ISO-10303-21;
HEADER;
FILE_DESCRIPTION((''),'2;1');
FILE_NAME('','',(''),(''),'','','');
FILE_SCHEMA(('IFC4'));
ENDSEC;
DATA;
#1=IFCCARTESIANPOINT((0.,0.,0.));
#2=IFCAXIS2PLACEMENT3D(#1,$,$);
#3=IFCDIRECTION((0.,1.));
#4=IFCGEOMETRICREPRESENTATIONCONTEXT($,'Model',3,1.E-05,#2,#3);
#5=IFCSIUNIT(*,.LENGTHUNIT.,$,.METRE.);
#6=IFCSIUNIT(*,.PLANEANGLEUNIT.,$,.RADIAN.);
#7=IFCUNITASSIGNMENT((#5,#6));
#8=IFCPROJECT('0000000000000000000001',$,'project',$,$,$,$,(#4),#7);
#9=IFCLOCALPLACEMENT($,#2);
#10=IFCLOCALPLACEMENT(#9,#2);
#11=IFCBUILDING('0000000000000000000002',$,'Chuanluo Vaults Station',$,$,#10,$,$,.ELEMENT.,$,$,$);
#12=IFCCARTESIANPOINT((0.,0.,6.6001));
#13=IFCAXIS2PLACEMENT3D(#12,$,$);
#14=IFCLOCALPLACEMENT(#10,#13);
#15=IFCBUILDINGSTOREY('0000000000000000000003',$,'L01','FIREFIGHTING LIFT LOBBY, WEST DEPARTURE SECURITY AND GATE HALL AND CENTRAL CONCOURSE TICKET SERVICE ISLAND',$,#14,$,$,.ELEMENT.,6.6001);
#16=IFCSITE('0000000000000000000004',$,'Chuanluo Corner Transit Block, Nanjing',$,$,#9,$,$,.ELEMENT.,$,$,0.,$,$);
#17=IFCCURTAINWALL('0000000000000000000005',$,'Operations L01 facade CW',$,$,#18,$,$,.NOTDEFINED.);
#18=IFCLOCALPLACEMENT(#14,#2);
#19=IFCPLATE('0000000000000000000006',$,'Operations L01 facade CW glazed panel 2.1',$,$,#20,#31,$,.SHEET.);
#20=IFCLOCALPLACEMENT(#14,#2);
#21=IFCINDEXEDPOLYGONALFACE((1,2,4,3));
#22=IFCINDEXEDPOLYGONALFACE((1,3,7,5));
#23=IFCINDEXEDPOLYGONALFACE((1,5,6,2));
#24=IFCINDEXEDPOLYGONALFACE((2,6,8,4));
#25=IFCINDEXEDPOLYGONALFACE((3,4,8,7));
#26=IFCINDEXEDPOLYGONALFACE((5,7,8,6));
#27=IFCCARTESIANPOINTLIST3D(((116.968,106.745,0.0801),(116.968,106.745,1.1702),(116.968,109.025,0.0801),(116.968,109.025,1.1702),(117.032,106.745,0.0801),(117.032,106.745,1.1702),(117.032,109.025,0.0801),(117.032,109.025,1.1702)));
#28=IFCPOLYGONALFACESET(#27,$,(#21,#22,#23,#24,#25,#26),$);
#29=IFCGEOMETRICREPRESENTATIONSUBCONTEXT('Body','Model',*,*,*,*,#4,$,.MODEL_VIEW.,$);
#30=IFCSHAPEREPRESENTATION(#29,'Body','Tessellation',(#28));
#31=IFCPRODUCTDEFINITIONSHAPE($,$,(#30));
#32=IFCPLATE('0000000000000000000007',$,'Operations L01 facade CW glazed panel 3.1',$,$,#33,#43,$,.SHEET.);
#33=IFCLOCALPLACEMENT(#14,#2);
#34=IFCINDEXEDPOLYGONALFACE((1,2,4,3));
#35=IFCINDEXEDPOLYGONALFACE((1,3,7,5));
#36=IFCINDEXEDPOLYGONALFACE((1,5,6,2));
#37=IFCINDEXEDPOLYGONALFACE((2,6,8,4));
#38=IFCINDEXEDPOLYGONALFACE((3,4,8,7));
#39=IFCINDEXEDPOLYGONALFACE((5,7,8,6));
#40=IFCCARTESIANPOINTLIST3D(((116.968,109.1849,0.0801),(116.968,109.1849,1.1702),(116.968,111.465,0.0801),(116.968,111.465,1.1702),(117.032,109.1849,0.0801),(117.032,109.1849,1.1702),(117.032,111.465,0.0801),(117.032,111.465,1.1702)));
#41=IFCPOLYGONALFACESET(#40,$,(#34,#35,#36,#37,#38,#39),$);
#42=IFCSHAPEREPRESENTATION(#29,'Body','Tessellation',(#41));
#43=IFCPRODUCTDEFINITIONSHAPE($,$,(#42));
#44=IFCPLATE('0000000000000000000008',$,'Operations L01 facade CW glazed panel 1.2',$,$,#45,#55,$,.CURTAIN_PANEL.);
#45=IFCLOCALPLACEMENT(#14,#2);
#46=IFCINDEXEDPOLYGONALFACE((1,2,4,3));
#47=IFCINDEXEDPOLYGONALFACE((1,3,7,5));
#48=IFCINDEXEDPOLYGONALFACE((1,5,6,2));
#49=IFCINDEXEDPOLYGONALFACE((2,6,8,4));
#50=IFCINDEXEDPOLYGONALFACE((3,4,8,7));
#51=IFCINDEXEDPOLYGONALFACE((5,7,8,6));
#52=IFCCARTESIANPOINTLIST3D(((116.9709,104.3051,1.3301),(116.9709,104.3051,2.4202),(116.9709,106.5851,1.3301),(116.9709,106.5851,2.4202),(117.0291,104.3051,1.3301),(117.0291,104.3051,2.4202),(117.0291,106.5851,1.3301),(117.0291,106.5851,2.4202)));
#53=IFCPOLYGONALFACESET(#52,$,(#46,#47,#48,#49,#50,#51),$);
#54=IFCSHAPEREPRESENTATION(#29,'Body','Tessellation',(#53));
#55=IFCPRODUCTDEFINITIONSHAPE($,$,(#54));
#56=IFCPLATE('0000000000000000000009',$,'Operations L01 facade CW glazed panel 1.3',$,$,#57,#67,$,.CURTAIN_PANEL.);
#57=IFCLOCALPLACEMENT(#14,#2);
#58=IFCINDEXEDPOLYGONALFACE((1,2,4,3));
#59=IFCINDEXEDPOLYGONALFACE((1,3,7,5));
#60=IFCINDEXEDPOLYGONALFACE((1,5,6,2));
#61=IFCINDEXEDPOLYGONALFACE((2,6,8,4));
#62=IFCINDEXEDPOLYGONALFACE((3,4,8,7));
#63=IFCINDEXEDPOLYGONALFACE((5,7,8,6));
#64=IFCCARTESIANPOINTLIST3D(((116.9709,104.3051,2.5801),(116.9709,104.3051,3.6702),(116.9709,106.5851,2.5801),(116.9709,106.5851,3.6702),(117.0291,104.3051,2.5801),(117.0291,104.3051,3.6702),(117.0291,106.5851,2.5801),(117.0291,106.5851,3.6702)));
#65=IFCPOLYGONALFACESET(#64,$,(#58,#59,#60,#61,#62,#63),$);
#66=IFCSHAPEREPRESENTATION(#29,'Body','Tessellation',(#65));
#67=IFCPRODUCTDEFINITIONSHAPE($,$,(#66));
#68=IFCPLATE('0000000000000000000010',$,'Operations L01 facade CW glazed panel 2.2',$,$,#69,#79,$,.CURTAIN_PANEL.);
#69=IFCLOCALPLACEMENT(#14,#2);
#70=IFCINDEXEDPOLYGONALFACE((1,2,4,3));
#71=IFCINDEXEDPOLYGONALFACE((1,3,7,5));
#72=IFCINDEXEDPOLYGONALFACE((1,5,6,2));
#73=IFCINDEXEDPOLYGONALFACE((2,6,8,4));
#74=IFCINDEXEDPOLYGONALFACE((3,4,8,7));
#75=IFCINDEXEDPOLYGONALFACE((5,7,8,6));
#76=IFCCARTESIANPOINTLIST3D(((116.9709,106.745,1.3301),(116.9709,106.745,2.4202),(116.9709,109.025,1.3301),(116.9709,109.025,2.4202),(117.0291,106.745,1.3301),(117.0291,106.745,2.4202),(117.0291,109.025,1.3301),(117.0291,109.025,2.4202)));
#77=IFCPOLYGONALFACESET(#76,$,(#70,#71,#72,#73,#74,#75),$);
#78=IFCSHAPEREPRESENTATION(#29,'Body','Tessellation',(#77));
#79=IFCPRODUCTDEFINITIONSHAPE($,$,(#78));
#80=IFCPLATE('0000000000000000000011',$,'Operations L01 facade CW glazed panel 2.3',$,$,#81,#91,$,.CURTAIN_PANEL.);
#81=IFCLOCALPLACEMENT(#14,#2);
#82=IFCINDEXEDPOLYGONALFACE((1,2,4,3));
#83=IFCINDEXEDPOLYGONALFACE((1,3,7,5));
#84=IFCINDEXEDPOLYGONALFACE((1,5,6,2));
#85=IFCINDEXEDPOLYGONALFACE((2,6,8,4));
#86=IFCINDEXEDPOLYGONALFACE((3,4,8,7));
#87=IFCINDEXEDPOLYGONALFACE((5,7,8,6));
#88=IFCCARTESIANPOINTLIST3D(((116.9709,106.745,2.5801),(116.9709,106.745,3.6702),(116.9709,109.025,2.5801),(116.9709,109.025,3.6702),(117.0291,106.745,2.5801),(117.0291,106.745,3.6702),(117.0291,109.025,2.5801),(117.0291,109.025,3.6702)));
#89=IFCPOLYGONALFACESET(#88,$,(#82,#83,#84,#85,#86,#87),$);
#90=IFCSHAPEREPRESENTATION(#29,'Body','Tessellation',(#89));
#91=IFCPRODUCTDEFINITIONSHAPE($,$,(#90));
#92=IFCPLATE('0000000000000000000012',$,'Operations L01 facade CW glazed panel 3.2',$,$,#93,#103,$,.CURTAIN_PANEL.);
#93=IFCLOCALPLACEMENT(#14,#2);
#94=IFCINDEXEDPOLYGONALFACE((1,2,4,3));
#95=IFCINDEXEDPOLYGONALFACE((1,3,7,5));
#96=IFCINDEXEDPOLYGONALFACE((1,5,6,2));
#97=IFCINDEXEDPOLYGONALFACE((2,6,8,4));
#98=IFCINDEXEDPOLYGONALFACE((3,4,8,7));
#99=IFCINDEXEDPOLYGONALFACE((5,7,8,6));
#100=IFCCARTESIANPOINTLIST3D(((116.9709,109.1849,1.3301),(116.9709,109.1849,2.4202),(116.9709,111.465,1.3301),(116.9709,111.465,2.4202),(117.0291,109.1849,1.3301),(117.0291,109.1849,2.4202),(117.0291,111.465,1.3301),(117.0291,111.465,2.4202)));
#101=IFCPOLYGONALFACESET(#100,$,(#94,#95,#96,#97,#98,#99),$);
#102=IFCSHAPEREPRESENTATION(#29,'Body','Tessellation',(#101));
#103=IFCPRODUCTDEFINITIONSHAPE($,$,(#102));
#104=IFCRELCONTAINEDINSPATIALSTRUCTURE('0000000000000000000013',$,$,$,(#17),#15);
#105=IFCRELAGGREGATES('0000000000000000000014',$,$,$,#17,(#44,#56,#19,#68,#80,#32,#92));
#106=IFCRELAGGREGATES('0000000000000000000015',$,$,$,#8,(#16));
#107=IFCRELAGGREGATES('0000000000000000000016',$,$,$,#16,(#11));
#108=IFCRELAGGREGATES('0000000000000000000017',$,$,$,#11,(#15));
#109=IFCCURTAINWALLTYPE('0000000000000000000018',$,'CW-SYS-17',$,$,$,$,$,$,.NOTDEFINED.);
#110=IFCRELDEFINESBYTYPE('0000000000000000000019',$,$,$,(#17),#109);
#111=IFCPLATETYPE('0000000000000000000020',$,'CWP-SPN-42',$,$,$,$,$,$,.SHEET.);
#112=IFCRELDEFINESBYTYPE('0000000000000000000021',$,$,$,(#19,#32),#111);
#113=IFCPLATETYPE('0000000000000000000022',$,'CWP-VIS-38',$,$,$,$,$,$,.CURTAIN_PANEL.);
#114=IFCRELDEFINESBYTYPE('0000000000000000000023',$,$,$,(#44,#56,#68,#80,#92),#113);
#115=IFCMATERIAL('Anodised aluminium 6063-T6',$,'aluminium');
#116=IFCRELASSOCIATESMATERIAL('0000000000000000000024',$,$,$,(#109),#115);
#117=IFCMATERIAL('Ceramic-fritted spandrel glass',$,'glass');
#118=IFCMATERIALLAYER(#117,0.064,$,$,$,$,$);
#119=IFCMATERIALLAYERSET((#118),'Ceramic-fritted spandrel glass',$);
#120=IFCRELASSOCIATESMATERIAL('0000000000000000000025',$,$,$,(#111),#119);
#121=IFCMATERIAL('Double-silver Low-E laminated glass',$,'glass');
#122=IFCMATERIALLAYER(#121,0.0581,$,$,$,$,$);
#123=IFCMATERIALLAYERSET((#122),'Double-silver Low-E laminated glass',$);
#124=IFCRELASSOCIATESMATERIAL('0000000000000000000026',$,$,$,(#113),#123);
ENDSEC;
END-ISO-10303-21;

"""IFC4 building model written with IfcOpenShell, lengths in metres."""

from ifc_helpers import new_model, si_unit, direction, frame, origin, origin_2d, place, context, subcontext, project, spatial, rectangle, extrude, material, layer, layer_set, type_object, element, aggregate, save


model = new_model("IFC4")

# Units and contexts
model_context = context("Model", 3, precision=1e-05, world=origin(), true_north=direction((0.0, 1.0)))
body_context = subcontext(model_context, "Body", "Model", "MODEL_VIEW")
ifc_project = project(units=[si_unit("LENGTHUNIT", "METRE"), si_unit("PLANEANGLEUNIT", "RADIAN")], contexts=[model_context])

# Site, building, storey
site_placement = place(None, origin())
site = spatial("IfcSite", under=ifc_project, at=site_placement, Name="Chuanluo Corner Transit Block, Nanjing", CompositionType="ELEMENT", RefElevation=0.0)
building_placement = place(site_placement, origin())
building = spatial("IfcBuilding", under=site, at=building_placement, Name="Chuanluo Vaults Station", CompositionType="ELEMENT")
storey_placement = place(building_placement, frame((0.0, 0.0, 6.6001)))
storey = spatial("IfcBuildingStorey", under=building, at=storey_placement, Name="L01", Description="FIREFIGHTING LIFT LOBBY, WEST DEPARTURE SECURITY AND GATE HALL AND CENTRAL CONCOURSE TICKET SERVICE ISLAND", CompositionType="ELEMENT", Elevation=6.6001)

# Curtain wall, plates
ifc_material_1 = material(Name="Anodised aluminium 6063-T6", Category="aluminium")
curtain_wall_type = type_object("IfcCurtainWallType", Name="CW-SYS-17", PredefinedType="NOTDEFINED", material=ifc_material_1)
curtain_wall_placement = place(storey_placement, origin())
curtain_wall = element("IfcCurtainWall", 1, at=curtain_wall_placement, inside=storey, type_object=curtain_wall_type, Name="Operations L01 facade CW", PredefinedType="NOTDEFINED")
ifc_material_2 = material(Name="Ceramic-fritted spandrel glass", Category="glass")
ifc_layer_1 = layer(ifc_material_2, 0.064)
ifc_layer_set_1 = layer_set([ifc_layer_1], Name="Ceramic-fritted spandrel glass")
plate_type_1 = type_object("IfcPlateType", Name="CWP-SPN-42", PredefinedType="SHEET", material=ifc_layer_set_1)
plate_1_placement = place(storey_placement, frame((117.0, 107.885, 0.0801), z_axis=(0.0, 0.0, 1.0), x_axis=(0.0, 1.0, 0.0)))
plate_1 = element("IfcPlate", 2, at=plate_1_placement, type_object=plate_type_1, Name="Operations L01 facade CW glazed panel 2.1", PredefinedType="SHEET", context=body_context, shape_type="SweptSolid", body=[
    extrude(rectangle(XDim=2.28, YDim=0.064, at=origin_2d()), origin(), (0.0, 0.0, 1.0), 1.0901),
])
plate_2_placement = place(storey_placement, frame((117.0, 110.325, 0.0801), z_axis=(0.0, 0.0, 1.0), x_axis=(0.0, 1.0, 0.0)))
plate_2 = element("IfcPlate", 3, at=plate_2_placement, type_object=plate_type_1, Name="Operations L01 facade CW glazed panel 3.1", PredefinedType="SHEET", context=body_context, shape_type="SweptSolid", body=[
    extrude(rectangle(XDim=2.28, YDim=0.064, at=origin_2d()), origin(), (0.0, 0.0, 1.0), 1.0901),
])
ifc_material_3 = material(Name="Double-silver Low-E laminated glass", Category="glass")
ifc_layer_2 = layer(ifc_material_3, 0.0581)
ifc_layer_set_2 = layer_set([ifc_layer_2], Name="Double-silver Low-E laminated glass")
plate_type_2 = type_object("IfcPlateType", Name="CWP-VIS-38", PredefinedType="CURTAIN_PANEL", material=ifc_layer_set_2)
plate_3_placement = place(storey_placement, frame((117.0, 105.4451, 1.3301), z_axis=(0.0, 0.0, 1.0), x_axis=(0.0, 1.0, 0.0)))
plate_3 = element("IfcPlate", 4, at=plate_3_placement, type_object=plate_type_2, Name="Operations L01 facade CW glazed panel 1.2", PredefinedType="CURTAIN_PANEL", context=body_context, shape_type="SweptSolid", body=[
    extrude(rectangle(XDim=2.28, YDim=0.0581, at=origin_2d()), origin(), (0.0, 0.0, 1.0), 1.0901),
])
plate_4_placement = place(storey_placement, frame((117.0, 105.4451, 2.5801), z_axis=(0.0, 0.0, 1.0), x_axis=(0.0, 1.0, 0.0)))
plate_4 = element("IfcPlate", 5, at=plate_4_placement, type_object=plate_type_2, Name="Operations L01 facade CW glazed panel 1.3", PredefinedType="CURTAIN_PANEL", context=body_context, shape_type="SweptSolid", body=[
    extrude(rectangle(XDim=2.28, YDim=0.0581, at=origin_2d()), origin(), (0.0, 0.0, 1.0), 1.0901),
])
plate_5_placement = place(storey_placement, frame((117.0, 107.885, 1.3301), z_axis=(0.0, 0.0, 1.0), x_axis=(0.0, 1.0, 0.0)))
plate_5 = element("IfcPlate", 6, at=plate_5_placement, type_object=plate_type_2, Name="Operations L01 facade CW glazed panel 2.2", PredefinedType="CURTAIN_PANEL", context=body_context, shape_type="SweptSolid", body=[
    extrude(rectangle(XDim=2.28, YDim=0.0581, at=origin_2d()), origin(), (0.0, 0.0, 1.0), 1.0901),
])
plate_6_placement = place(storey_placement, frame((117.0, 107.885, 2.5801), z_axis=(0.0, 0.0, 1.0), x_axis=(0.0, 1.0, 0.0)))
plate_6 = element("IfcPlate", 7, at=plate_6_placement, type_object=plate_type_2, Name="Operations L01 facade CW glazed panel 2.3", PredefinedType="CURTAIN_PANEL", context=body_context, shape_type="SweptSolid", body=[
    extrude(rectangle(XDim=2.28, YDim=0.0581, at=origin_2d()), origin(), (0.0, 0.0, 1.0), 1.0901),
])
plate_7_placement = place(storey_placement, frame((117.0, 110.325, 1.3301), z_axis=(0.0, 0.0, 1.0), x_axis=(0.0, 1.0, 0.0)))
plate_7 = element("IfcPlate", 8, at=plate_7_placement, type_object=plate_type_2, Name="Operations L01 facade CW glazed panel 3.2", PredefinedType="CURTAIN_PANEL", context=body_context, shape_type="SweptSolid", body=[
    extrude(rectangle(XDim=2.28, YDim=0.0581, at=origin_2d()), origin(), (0.0, 0.0, 1.0), 1.0901),
])
aggregate(curtain_wall, [plate_3, plate_4, plate_1, plate_5, plate_6, plate_2, plate_7])

save(model, "model.ifc")
